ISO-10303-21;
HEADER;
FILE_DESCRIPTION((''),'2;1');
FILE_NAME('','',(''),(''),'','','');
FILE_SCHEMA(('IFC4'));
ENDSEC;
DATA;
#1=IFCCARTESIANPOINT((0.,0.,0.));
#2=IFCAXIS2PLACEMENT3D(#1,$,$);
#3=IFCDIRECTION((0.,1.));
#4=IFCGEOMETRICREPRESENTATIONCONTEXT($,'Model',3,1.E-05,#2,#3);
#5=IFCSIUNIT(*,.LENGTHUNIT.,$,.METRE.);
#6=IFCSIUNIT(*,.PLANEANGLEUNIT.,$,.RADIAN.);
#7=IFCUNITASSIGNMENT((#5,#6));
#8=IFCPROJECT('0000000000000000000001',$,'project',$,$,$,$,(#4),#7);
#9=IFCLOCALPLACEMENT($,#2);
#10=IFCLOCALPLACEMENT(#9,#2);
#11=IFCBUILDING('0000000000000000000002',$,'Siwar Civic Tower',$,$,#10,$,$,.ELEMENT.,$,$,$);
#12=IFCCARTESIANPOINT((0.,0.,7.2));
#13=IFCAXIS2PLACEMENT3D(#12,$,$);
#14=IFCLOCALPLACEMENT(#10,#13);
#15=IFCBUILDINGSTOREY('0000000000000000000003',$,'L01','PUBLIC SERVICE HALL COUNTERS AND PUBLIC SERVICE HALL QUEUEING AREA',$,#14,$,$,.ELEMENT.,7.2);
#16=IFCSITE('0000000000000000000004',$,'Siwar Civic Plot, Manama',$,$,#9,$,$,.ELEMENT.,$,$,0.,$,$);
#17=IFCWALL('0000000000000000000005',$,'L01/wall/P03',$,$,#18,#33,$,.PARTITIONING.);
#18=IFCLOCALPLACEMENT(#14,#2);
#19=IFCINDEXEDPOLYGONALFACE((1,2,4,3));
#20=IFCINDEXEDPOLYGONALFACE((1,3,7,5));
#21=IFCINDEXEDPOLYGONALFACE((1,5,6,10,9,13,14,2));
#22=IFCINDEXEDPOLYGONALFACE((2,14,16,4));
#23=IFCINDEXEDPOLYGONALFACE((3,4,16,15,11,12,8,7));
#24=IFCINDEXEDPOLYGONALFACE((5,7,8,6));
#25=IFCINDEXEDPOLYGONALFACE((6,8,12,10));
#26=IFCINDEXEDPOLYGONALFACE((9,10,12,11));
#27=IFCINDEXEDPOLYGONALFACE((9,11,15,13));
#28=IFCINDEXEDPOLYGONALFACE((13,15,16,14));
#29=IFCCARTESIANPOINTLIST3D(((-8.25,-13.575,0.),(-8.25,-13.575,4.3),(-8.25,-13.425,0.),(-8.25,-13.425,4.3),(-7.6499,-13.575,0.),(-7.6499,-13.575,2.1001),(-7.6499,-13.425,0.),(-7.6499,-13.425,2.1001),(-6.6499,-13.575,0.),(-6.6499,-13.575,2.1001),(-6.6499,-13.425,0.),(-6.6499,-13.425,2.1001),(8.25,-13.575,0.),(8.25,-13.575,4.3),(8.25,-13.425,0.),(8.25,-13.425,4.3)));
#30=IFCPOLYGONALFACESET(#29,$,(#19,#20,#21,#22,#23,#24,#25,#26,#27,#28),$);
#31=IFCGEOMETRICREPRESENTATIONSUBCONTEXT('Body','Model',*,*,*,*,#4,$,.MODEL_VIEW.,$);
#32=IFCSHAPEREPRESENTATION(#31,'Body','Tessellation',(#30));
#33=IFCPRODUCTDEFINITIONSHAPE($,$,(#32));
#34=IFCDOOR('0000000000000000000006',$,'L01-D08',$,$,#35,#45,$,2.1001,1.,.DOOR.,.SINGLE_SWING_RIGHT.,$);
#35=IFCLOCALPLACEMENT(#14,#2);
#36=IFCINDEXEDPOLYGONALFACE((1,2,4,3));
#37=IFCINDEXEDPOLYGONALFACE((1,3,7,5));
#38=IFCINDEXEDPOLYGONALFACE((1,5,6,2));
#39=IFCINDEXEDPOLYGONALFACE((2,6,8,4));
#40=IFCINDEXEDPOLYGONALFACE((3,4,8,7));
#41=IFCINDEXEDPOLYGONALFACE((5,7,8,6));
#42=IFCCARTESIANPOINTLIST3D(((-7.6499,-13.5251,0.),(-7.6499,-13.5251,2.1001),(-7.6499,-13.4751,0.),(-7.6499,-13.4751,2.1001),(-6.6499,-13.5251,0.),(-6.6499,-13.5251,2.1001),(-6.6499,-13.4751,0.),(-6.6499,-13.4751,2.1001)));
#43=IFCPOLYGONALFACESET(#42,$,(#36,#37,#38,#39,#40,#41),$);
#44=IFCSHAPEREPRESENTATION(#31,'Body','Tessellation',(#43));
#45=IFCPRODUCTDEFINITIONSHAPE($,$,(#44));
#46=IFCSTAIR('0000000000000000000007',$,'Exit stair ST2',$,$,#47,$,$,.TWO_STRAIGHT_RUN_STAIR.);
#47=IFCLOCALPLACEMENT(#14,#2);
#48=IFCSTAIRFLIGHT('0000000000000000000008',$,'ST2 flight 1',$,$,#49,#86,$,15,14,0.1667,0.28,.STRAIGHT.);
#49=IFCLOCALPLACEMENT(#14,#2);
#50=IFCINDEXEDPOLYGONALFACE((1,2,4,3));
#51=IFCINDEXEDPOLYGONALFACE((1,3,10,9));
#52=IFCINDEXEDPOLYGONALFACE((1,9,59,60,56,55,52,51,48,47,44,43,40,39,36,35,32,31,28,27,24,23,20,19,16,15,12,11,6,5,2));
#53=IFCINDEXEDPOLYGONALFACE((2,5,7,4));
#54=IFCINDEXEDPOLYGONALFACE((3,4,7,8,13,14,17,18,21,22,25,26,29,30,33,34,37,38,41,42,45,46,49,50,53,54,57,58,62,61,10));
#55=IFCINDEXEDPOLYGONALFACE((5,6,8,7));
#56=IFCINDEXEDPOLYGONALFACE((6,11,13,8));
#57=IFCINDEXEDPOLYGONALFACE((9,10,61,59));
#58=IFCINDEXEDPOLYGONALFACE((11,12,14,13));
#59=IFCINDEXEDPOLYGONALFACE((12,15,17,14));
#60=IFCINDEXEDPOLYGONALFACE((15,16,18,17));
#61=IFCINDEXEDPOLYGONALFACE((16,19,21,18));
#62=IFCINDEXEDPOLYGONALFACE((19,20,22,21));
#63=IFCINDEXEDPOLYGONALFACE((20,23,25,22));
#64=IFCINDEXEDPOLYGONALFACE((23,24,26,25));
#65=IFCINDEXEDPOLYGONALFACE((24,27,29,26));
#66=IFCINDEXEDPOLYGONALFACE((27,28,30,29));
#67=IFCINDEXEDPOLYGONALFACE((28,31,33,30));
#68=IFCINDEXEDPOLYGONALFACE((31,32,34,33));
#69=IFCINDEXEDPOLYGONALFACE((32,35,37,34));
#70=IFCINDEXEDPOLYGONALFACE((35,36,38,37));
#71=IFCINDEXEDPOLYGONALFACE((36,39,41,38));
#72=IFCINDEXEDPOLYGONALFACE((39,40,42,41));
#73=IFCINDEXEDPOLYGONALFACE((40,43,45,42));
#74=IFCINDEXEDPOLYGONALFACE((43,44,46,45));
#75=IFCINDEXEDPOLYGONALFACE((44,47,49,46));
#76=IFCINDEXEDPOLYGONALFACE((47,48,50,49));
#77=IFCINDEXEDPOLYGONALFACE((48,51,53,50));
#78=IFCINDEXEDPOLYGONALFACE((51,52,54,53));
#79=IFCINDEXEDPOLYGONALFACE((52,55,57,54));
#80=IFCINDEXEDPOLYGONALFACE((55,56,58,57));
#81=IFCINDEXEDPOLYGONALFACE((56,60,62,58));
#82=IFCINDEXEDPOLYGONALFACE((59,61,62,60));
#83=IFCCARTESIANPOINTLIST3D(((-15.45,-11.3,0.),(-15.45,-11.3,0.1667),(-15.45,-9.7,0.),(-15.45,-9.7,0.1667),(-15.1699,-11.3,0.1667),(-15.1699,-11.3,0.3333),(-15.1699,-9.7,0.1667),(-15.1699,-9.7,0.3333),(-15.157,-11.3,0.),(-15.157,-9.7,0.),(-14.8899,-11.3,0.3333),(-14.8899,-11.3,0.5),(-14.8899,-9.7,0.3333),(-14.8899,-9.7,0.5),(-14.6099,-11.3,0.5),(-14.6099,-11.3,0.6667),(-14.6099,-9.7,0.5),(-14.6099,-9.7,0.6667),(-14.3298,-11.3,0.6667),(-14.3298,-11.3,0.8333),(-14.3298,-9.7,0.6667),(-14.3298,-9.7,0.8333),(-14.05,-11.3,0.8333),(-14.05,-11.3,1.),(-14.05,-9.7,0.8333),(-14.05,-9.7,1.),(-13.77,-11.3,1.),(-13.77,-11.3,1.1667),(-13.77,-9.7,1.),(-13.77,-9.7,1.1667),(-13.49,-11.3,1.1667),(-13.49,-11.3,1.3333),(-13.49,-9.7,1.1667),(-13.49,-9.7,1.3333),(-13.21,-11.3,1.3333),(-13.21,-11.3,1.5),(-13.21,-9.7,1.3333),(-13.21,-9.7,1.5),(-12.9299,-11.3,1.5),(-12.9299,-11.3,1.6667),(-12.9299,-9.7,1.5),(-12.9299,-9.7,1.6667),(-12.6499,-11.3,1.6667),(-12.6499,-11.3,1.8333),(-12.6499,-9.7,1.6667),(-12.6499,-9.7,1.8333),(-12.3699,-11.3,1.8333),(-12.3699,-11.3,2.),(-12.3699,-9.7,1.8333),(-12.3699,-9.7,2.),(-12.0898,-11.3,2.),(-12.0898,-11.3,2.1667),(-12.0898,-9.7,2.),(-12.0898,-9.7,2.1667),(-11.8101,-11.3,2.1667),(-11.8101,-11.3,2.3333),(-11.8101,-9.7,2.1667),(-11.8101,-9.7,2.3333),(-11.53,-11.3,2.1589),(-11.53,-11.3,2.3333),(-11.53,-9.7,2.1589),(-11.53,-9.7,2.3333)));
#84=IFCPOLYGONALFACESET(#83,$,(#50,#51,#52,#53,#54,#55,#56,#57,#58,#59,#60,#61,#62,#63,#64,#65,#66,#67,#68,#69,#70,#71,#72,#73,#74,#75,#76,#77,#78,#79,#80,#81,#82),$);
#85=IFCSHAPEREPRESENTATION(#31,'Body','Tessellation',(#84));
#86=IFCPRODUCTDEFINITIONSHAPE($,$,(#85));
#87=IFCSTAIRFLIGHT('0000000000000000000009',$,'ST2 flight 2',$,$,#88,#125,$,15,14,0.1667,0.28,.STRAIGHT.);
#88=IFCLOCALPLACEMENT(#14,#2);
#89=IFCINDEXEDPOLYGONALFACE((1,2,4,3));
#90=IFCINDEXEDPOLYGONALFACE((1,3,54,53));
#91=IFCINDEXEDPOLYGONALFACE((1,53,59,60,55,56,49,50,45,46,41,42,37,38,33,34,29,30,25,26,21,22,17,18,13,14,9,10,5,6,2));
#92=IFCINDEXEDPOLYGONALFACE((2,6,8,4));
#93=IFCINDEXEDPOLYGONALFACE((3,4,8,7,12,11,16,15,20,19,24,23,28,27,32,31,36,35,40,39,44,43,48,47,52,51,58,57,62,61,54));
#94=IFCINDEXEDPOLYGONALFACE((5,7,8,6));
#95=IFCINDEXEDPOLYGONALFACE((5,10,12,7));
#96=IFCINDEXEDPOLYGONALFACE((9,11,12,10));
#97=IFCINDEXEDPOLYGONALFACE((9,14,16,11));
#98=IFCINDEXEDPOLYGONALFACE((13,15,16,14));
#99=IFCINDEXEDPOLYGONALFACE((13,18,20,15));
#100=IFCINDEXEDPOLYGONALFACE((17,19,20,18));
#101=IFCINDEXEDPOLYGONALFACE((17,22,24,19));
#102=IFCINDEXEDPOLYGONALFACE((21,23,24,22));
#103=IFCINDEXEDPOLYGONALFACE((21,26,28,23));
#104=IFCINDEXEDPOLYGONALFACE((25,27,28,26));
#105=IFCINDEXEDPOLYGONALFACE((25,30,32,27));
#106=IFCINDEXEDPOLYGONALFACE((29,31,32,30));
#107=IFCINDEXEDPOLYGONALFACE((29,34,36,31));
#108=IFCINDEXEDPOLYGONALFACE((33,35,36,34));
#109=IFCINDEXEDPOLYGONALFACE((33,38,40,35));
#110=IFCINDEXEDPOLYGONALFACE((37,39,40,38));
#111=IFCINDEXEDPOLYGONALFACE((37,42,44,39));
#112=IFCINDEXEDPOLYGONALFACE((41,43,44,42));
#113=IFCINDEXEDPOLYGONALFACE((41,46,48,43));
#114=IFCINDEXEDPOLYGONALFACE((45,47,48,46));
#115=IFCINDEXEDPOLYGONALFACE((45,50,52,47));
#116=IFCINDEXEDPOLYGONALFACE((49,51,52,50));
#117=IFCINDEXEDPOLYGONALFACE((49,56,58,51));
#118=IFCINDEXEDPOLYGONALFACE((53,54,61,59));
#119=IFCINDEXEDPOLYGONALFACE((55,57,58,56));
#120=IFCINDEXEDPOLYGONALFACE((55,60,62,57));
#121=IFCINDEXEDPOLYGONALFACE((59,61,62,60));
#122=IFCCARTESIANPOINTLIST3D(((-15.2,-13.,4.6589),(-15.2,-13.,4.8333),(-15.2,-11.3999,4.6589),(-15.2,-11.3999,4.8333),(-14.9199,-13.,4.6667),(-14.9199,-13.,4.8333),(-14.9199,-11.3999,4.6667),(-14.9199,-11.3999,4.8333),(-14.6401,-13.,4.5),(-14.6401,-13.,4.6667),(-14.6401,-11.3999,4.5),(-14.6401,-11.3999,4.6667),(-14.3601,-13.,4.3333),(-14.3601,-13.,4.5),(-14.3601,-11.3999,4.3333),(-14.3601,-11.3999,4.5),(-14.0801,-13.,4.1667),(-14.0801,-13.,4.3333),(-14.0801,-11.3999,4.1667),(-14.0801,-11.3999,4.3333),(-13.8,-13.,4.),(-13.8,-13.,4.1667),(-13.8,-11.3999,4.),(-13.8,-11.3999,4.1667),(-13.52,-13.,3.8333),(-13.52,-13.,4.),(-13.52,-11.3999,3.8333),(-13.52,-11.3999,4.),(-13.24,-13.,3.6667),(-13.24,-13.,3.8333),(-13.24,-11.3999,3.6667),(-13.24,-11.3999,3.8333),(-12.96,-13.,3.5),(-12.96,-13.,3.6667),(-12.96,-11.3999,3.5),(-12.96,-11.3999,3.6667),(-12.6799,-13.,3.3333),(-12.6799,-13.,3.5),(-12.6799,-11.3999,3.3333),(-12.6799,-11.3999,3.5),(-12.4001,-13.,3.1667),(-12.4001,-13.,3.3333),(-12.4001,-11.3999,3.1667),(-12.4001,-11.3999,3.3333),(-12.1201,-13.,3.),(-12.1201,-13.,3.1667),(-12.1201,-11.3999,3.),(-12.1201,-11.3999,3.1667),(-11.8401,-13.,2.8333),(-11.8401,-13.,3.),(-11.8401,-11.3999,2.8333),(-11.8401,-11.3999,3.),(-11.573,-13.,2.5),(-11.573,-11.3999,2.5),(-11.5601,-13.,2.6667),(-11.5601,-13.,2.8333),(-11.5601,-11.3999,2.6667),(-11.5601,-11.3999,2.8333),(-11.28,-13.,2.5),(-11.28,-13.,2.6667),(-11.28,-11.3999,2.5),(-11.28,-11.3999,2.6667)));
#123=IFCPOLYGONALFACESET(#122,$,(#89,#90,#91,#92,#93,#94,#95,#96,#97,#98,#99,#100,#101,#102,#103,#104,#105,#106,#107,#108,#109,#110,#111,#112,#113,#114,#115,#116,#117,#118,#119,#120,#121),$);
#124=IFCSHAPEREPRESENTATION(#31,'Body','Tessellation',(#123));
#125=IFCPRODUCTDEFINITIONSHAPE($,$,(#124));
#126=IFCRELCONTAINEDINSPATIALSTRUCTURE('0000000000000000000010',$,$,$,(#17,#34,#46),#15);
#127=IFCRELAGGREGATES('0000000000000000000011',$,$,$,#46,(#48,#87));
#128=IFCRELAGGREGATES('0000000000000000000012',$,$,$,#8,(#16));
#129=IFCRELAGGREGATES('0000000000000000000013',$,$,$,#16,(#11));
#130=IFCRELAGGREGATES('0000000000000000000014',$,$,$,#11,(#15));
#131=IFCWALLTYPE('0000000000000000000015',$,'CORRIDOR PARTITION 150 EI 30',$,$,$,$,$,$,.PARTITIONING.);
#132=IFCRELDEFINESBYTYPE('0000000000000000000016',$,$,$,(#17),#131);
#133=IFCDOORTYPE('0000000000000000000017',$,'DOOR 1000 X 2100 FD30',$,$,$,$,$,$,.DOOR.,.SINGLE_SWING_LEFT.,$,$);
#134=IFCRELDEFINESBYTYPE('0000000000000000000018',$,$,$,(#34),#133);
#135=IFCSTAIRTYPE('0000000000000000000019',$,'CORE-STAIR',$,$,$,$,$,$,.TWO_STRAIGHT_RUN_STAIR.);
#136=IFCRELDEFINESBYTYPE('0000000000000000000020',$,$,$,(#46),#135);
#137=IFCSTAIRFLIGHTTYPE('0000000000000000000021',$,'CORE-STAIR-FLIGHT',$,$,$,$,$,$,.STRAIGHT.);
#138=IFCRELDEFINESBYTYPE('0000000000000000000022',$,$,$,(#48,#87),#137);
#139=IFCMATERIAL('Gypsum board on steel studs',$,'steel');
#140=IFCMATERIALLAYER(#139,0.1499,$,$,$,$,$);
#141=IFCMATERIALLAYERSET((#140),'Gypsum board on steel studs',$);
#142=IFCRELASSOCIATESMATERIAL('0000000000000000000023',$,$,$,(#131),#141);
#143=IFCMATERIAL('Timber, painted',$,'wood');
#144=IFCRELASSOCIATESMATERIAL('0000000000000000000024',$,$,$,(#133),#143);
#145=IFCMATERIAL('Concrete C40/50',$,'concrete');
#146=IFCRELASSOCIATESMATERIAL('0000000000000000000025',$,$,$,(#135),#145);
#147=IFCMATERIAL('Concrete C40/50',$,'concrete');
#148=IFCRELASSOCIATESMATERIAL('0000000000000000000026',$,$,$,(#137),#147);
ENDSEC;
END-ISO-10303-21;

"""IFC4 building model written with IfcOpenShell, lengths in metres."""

from ifc_helpers import new_model, si_unit, direction, frame, frame_2d, origin, place, context, subcontext, project, spatial, polyline, rectangle, outline, extrude, material, layer, layer_set, type_object, element, fill, aggregate, save


model = new_model("IFC4")

# Units and contexts
model_context = context("Model", 3, precision=1e-05, world=origin(), true_north=direction((0.0, 1.0)))
body_context = subcontext(model_context, "Body", "Model", "MODEL_VIEW")
ifc_project = project(units=[si_unit("LENGTHUNIT", "METRE"), si_unit("PLANEANGLEUNIT", "RADIAN")], contexts=[model_context])

# Site, building, storey
site_placement = place(None, origin())
site = spatial("IfcSite", under=ifc_project, at=site_placement, Name="Siwar Civic Plot, Manama", CompositionType="ELEMENT", RefElevation=0.0)
building_placement = place(site_placement, origin())
building = spatial("IfcBuilding", under=site, at=building_placement, Name="Siwar Civic Tower", CompositionType="ELEMENT")
storey_placement = place(building_placement, frame((0.0, 0.0, 7.2)))
storey = spatial("IfcBuildingStorey", under=building, at=storey_placement, Name="L01", Description="PUBLIC SERVICE HALL COUNTERS AND PUBLIC SERVICE HALL QUEUEING AREA", CompositionType="ELEMENT", Elevation=7.2)

# Wall, opening, door
ifc_material_1 = material(Name="Gypsum board on steel studs", Category="steel")
ifc_layer_1 = layer(ifc_material_1, 0.1499)
ifc_layer_set_1 = layer_set([ifc_layer_1], Name="Gypsum board on steel studs")
wall_type_1 = type_object("IfcWallType", Name="CORRIDOR PARTITION 150 EI 30", PredefinedType="PARTITIONING", material=ifc_layer_set_1)
wall_1_placement = place(storey_placement, frame((-8.25, -13.5, 0.0), z_axis=(0.0, 0.0, 1.0), x_axis=(1.0, 0.0, 0.0)))
wall_1 = element("IfcWall", 1, at=wall_1_placement, inside=storey, type_object=wall_type_1, Name="L01/wall/P03", PredefinedType="PARTITIONING", context=body_context, shape_type="SweptSolid", body=[
    extrude(rectangle(XDim=16.5, YDim=0.1499, at=frame_2d((8.25, 0.0))), origin(), (0.0, 0.0, 1.0), 4.3),
])
opening_1_placement = place(wall_1_placement, frame((0.6001, 0.0, 0.0)))
opening_1 = element("IfcOpeningElement", 2, at=opening_1_placement, cuts=wall_1, PredefinedType="OPENING", context=body_context, shape_type="SweptSolid", body=[
    extrude(rectangle(XDim=1.0, YDim=2.1001, at=frame_2d((0.5, 1.05))), frame((0.0, 0.085, 0.0), z_axis=(0.0, -1.0, 0.0), x_axis=(1.0, 0.0, 0.0)), (0.0, 0.0, 1.0), 0.1699),
])
ifc_material_2 = material(Name="Timber, painted", Category="wood")
door_type_1 = type_object("IfcDoorType", Name="DOOR 1000 X 2100 FD30", OperationType="SINGLE_SWING_LEFT", PredefinedType="DOOR", material=ifc_material_2)
door_1_placement = place(opening_1_placement, origin())
door_1 = element("IfcDoor", 3, at=door_1_placement, inside=storey, type_object=door_type_1, Name="L01-D08", OperationType="SINGLE_SWING_RIGHT", OverallHeight=2.1001, OverallWidth=1.0, PredefinedType="DOOR", context=body_context, shape_type="SweptSolid", body=[
    extrude(rectangle(XDim=1.0, YDim=2.1001, at=frame_2d((0.5, 1.05))), frame((0.0, 0.0249, 0.0), z_axis=(0.0, -1.0, 0.0), x_axis=(1.0, 0.0, 0.0)), (0.0, 0.0, 1.0), 0.05),
])
fill(opening_1, door_1)

# Stair, stair flights
ifc_material_3 = material(Name="Concrete C40/50", Category="concrete")
stair_type = type_object("IfcStairType", Name="CORE-STAIR", PredefinedType="TWO_STRAIGHT_RUN_STAIR", material=ifc_material_3)
stair_placement = place(storey_placement, origin())
stair = element("IfcStair", 4, at=stair_placement, inside=storey, type_object=stair_type, Name="Exit stair ST2", PredefinedType="TWO_STRAIGHT_RUN_STAIR")
ifc_material_4 = material(Name="Concrete C40/50", Category="concrete")
stair_flight_type = type_object("IfcStairFlightType", Name="CORE-STAIR-FLIGHT", PredefinedType="STRAIGHT", material=ifc_material_4)
stair_flight_1_placement = place(storey_placement, frame((-15.45, -10.5, 0.0), z_axis=(0.0, 0.0, 1.0), x_axis=(1.0, 0.0, 0.0)))
stair_flight_1 = element("IfcStairFlight", 5, at=stair_flight_1_placement, type_object=stair_flight_type, Name="ST2 flight 1", NumberOfRisers=15, NumberOfTreads=14, PredefinedType="STRAIGHT", RiserHeight=0.1667, TreadLength=0.28, context=body_context, shape_type="SweptSolid", body=[
    extrude(outline(polyline([(0.0, 0.0), (0.0, 0.1667), (0.28, 0.1667), (0.28, 0.3333), (0.5601, 0.3333), (0.5601, 0.5), (0.8401, 0.5), (0.8401, 0.6667), (1.1201, 0.6667), (1.1201, 0.8333), (1.3999, 0.8333), (1.3999, 1.0), (1.6799, 1.0), (1.6799, 1.1667), (1.96, 1.1667), (1.96, 1.3333), (2.24, 1.3333), (2.24, 1.5), (2.52, 1.5), (2.52, 1.6667), (2.8, 1.6667), (2.8, 1.8333), (3.0801, 1.8333), (3.0801, 2.0), (3.3601, 2.0), (3.3601, 2.1667), (3.6399, 2.1667), (3.6399, 2.3333), (3.9199, 2.3333), (3.9199, 2.5), (3.9199, 2.1589), (0.293, 0.0), (0.0, 0.0)])), frame((0.0, 0.8, 0.0), z_axis=(0.0, -1.0, 0.0), x_axis=(1.0, 0.0, 0.0)), (0.0, 0.0, 1.0), 1.6001),
])
stair_flight_2_placement = place(storey_placement, frame((-11.28, -12.2, 2.5), z_axis=(0.0, 0.0, 1.0), x_axis=(-1.0, 0.0, 0.0)))
stair_flight_2 = element("IfcStairFlight", 6, at=stair_flight_2_placement, type_object=stair_flight_type, Name="ST2 flight 2", NumberOfRisers=15, NumberOfTreads=14, PredefinedType="STRAIGHT", RiserHeight=0.1667, TreadLength=0.28, context=body_context, shape_type="SweptSolid", body=[
    extrude(outline(polyline([(0.0, 0.0), (0.0, 0.1667), (0.28, 0.1667), (0.28, 0.3333), (0.5601, 0.3333), (0.5601, 0.5), (0.8401, 0.5), (0.8401, 0.6667), (1.1201, 0.6667), (1.1201, 0.8333), (1.3999, 0.8333), (1.3999, 1.0), (1.6799, 1.0), (1.6799, 1.1667), (1.96, 1.1667), (1.96, 1.3333), (2.24, 1.3333), (2.24, 1.5), (2.52, 1.5), (2.52, 1.6667), (2.8, 1.6667), (2.8, 1.8333), (3.0801, 1.8333), (3.0801, 2.0), (3.3601, 2.0), (3.3601, 2.1667), (3.6399, 2.1667), (3.6399, 2.3333), (3.9199, 2.3333), (3.9199, 2.5), (3.9199, 2.1589), (0.293, 0.0), (0.0, 0.0)])), frame((0.0, 0.8, 0.0), z_axis=(0.0, -1.0, 0.0), x_axis=(1.0, 0.0, 0.0)), (0.0, 0.0, 1.0), 1.6001),
])
aggregate(stair, [stair_flight_1, stair_flight_2])

save(model, "model.ifc")
